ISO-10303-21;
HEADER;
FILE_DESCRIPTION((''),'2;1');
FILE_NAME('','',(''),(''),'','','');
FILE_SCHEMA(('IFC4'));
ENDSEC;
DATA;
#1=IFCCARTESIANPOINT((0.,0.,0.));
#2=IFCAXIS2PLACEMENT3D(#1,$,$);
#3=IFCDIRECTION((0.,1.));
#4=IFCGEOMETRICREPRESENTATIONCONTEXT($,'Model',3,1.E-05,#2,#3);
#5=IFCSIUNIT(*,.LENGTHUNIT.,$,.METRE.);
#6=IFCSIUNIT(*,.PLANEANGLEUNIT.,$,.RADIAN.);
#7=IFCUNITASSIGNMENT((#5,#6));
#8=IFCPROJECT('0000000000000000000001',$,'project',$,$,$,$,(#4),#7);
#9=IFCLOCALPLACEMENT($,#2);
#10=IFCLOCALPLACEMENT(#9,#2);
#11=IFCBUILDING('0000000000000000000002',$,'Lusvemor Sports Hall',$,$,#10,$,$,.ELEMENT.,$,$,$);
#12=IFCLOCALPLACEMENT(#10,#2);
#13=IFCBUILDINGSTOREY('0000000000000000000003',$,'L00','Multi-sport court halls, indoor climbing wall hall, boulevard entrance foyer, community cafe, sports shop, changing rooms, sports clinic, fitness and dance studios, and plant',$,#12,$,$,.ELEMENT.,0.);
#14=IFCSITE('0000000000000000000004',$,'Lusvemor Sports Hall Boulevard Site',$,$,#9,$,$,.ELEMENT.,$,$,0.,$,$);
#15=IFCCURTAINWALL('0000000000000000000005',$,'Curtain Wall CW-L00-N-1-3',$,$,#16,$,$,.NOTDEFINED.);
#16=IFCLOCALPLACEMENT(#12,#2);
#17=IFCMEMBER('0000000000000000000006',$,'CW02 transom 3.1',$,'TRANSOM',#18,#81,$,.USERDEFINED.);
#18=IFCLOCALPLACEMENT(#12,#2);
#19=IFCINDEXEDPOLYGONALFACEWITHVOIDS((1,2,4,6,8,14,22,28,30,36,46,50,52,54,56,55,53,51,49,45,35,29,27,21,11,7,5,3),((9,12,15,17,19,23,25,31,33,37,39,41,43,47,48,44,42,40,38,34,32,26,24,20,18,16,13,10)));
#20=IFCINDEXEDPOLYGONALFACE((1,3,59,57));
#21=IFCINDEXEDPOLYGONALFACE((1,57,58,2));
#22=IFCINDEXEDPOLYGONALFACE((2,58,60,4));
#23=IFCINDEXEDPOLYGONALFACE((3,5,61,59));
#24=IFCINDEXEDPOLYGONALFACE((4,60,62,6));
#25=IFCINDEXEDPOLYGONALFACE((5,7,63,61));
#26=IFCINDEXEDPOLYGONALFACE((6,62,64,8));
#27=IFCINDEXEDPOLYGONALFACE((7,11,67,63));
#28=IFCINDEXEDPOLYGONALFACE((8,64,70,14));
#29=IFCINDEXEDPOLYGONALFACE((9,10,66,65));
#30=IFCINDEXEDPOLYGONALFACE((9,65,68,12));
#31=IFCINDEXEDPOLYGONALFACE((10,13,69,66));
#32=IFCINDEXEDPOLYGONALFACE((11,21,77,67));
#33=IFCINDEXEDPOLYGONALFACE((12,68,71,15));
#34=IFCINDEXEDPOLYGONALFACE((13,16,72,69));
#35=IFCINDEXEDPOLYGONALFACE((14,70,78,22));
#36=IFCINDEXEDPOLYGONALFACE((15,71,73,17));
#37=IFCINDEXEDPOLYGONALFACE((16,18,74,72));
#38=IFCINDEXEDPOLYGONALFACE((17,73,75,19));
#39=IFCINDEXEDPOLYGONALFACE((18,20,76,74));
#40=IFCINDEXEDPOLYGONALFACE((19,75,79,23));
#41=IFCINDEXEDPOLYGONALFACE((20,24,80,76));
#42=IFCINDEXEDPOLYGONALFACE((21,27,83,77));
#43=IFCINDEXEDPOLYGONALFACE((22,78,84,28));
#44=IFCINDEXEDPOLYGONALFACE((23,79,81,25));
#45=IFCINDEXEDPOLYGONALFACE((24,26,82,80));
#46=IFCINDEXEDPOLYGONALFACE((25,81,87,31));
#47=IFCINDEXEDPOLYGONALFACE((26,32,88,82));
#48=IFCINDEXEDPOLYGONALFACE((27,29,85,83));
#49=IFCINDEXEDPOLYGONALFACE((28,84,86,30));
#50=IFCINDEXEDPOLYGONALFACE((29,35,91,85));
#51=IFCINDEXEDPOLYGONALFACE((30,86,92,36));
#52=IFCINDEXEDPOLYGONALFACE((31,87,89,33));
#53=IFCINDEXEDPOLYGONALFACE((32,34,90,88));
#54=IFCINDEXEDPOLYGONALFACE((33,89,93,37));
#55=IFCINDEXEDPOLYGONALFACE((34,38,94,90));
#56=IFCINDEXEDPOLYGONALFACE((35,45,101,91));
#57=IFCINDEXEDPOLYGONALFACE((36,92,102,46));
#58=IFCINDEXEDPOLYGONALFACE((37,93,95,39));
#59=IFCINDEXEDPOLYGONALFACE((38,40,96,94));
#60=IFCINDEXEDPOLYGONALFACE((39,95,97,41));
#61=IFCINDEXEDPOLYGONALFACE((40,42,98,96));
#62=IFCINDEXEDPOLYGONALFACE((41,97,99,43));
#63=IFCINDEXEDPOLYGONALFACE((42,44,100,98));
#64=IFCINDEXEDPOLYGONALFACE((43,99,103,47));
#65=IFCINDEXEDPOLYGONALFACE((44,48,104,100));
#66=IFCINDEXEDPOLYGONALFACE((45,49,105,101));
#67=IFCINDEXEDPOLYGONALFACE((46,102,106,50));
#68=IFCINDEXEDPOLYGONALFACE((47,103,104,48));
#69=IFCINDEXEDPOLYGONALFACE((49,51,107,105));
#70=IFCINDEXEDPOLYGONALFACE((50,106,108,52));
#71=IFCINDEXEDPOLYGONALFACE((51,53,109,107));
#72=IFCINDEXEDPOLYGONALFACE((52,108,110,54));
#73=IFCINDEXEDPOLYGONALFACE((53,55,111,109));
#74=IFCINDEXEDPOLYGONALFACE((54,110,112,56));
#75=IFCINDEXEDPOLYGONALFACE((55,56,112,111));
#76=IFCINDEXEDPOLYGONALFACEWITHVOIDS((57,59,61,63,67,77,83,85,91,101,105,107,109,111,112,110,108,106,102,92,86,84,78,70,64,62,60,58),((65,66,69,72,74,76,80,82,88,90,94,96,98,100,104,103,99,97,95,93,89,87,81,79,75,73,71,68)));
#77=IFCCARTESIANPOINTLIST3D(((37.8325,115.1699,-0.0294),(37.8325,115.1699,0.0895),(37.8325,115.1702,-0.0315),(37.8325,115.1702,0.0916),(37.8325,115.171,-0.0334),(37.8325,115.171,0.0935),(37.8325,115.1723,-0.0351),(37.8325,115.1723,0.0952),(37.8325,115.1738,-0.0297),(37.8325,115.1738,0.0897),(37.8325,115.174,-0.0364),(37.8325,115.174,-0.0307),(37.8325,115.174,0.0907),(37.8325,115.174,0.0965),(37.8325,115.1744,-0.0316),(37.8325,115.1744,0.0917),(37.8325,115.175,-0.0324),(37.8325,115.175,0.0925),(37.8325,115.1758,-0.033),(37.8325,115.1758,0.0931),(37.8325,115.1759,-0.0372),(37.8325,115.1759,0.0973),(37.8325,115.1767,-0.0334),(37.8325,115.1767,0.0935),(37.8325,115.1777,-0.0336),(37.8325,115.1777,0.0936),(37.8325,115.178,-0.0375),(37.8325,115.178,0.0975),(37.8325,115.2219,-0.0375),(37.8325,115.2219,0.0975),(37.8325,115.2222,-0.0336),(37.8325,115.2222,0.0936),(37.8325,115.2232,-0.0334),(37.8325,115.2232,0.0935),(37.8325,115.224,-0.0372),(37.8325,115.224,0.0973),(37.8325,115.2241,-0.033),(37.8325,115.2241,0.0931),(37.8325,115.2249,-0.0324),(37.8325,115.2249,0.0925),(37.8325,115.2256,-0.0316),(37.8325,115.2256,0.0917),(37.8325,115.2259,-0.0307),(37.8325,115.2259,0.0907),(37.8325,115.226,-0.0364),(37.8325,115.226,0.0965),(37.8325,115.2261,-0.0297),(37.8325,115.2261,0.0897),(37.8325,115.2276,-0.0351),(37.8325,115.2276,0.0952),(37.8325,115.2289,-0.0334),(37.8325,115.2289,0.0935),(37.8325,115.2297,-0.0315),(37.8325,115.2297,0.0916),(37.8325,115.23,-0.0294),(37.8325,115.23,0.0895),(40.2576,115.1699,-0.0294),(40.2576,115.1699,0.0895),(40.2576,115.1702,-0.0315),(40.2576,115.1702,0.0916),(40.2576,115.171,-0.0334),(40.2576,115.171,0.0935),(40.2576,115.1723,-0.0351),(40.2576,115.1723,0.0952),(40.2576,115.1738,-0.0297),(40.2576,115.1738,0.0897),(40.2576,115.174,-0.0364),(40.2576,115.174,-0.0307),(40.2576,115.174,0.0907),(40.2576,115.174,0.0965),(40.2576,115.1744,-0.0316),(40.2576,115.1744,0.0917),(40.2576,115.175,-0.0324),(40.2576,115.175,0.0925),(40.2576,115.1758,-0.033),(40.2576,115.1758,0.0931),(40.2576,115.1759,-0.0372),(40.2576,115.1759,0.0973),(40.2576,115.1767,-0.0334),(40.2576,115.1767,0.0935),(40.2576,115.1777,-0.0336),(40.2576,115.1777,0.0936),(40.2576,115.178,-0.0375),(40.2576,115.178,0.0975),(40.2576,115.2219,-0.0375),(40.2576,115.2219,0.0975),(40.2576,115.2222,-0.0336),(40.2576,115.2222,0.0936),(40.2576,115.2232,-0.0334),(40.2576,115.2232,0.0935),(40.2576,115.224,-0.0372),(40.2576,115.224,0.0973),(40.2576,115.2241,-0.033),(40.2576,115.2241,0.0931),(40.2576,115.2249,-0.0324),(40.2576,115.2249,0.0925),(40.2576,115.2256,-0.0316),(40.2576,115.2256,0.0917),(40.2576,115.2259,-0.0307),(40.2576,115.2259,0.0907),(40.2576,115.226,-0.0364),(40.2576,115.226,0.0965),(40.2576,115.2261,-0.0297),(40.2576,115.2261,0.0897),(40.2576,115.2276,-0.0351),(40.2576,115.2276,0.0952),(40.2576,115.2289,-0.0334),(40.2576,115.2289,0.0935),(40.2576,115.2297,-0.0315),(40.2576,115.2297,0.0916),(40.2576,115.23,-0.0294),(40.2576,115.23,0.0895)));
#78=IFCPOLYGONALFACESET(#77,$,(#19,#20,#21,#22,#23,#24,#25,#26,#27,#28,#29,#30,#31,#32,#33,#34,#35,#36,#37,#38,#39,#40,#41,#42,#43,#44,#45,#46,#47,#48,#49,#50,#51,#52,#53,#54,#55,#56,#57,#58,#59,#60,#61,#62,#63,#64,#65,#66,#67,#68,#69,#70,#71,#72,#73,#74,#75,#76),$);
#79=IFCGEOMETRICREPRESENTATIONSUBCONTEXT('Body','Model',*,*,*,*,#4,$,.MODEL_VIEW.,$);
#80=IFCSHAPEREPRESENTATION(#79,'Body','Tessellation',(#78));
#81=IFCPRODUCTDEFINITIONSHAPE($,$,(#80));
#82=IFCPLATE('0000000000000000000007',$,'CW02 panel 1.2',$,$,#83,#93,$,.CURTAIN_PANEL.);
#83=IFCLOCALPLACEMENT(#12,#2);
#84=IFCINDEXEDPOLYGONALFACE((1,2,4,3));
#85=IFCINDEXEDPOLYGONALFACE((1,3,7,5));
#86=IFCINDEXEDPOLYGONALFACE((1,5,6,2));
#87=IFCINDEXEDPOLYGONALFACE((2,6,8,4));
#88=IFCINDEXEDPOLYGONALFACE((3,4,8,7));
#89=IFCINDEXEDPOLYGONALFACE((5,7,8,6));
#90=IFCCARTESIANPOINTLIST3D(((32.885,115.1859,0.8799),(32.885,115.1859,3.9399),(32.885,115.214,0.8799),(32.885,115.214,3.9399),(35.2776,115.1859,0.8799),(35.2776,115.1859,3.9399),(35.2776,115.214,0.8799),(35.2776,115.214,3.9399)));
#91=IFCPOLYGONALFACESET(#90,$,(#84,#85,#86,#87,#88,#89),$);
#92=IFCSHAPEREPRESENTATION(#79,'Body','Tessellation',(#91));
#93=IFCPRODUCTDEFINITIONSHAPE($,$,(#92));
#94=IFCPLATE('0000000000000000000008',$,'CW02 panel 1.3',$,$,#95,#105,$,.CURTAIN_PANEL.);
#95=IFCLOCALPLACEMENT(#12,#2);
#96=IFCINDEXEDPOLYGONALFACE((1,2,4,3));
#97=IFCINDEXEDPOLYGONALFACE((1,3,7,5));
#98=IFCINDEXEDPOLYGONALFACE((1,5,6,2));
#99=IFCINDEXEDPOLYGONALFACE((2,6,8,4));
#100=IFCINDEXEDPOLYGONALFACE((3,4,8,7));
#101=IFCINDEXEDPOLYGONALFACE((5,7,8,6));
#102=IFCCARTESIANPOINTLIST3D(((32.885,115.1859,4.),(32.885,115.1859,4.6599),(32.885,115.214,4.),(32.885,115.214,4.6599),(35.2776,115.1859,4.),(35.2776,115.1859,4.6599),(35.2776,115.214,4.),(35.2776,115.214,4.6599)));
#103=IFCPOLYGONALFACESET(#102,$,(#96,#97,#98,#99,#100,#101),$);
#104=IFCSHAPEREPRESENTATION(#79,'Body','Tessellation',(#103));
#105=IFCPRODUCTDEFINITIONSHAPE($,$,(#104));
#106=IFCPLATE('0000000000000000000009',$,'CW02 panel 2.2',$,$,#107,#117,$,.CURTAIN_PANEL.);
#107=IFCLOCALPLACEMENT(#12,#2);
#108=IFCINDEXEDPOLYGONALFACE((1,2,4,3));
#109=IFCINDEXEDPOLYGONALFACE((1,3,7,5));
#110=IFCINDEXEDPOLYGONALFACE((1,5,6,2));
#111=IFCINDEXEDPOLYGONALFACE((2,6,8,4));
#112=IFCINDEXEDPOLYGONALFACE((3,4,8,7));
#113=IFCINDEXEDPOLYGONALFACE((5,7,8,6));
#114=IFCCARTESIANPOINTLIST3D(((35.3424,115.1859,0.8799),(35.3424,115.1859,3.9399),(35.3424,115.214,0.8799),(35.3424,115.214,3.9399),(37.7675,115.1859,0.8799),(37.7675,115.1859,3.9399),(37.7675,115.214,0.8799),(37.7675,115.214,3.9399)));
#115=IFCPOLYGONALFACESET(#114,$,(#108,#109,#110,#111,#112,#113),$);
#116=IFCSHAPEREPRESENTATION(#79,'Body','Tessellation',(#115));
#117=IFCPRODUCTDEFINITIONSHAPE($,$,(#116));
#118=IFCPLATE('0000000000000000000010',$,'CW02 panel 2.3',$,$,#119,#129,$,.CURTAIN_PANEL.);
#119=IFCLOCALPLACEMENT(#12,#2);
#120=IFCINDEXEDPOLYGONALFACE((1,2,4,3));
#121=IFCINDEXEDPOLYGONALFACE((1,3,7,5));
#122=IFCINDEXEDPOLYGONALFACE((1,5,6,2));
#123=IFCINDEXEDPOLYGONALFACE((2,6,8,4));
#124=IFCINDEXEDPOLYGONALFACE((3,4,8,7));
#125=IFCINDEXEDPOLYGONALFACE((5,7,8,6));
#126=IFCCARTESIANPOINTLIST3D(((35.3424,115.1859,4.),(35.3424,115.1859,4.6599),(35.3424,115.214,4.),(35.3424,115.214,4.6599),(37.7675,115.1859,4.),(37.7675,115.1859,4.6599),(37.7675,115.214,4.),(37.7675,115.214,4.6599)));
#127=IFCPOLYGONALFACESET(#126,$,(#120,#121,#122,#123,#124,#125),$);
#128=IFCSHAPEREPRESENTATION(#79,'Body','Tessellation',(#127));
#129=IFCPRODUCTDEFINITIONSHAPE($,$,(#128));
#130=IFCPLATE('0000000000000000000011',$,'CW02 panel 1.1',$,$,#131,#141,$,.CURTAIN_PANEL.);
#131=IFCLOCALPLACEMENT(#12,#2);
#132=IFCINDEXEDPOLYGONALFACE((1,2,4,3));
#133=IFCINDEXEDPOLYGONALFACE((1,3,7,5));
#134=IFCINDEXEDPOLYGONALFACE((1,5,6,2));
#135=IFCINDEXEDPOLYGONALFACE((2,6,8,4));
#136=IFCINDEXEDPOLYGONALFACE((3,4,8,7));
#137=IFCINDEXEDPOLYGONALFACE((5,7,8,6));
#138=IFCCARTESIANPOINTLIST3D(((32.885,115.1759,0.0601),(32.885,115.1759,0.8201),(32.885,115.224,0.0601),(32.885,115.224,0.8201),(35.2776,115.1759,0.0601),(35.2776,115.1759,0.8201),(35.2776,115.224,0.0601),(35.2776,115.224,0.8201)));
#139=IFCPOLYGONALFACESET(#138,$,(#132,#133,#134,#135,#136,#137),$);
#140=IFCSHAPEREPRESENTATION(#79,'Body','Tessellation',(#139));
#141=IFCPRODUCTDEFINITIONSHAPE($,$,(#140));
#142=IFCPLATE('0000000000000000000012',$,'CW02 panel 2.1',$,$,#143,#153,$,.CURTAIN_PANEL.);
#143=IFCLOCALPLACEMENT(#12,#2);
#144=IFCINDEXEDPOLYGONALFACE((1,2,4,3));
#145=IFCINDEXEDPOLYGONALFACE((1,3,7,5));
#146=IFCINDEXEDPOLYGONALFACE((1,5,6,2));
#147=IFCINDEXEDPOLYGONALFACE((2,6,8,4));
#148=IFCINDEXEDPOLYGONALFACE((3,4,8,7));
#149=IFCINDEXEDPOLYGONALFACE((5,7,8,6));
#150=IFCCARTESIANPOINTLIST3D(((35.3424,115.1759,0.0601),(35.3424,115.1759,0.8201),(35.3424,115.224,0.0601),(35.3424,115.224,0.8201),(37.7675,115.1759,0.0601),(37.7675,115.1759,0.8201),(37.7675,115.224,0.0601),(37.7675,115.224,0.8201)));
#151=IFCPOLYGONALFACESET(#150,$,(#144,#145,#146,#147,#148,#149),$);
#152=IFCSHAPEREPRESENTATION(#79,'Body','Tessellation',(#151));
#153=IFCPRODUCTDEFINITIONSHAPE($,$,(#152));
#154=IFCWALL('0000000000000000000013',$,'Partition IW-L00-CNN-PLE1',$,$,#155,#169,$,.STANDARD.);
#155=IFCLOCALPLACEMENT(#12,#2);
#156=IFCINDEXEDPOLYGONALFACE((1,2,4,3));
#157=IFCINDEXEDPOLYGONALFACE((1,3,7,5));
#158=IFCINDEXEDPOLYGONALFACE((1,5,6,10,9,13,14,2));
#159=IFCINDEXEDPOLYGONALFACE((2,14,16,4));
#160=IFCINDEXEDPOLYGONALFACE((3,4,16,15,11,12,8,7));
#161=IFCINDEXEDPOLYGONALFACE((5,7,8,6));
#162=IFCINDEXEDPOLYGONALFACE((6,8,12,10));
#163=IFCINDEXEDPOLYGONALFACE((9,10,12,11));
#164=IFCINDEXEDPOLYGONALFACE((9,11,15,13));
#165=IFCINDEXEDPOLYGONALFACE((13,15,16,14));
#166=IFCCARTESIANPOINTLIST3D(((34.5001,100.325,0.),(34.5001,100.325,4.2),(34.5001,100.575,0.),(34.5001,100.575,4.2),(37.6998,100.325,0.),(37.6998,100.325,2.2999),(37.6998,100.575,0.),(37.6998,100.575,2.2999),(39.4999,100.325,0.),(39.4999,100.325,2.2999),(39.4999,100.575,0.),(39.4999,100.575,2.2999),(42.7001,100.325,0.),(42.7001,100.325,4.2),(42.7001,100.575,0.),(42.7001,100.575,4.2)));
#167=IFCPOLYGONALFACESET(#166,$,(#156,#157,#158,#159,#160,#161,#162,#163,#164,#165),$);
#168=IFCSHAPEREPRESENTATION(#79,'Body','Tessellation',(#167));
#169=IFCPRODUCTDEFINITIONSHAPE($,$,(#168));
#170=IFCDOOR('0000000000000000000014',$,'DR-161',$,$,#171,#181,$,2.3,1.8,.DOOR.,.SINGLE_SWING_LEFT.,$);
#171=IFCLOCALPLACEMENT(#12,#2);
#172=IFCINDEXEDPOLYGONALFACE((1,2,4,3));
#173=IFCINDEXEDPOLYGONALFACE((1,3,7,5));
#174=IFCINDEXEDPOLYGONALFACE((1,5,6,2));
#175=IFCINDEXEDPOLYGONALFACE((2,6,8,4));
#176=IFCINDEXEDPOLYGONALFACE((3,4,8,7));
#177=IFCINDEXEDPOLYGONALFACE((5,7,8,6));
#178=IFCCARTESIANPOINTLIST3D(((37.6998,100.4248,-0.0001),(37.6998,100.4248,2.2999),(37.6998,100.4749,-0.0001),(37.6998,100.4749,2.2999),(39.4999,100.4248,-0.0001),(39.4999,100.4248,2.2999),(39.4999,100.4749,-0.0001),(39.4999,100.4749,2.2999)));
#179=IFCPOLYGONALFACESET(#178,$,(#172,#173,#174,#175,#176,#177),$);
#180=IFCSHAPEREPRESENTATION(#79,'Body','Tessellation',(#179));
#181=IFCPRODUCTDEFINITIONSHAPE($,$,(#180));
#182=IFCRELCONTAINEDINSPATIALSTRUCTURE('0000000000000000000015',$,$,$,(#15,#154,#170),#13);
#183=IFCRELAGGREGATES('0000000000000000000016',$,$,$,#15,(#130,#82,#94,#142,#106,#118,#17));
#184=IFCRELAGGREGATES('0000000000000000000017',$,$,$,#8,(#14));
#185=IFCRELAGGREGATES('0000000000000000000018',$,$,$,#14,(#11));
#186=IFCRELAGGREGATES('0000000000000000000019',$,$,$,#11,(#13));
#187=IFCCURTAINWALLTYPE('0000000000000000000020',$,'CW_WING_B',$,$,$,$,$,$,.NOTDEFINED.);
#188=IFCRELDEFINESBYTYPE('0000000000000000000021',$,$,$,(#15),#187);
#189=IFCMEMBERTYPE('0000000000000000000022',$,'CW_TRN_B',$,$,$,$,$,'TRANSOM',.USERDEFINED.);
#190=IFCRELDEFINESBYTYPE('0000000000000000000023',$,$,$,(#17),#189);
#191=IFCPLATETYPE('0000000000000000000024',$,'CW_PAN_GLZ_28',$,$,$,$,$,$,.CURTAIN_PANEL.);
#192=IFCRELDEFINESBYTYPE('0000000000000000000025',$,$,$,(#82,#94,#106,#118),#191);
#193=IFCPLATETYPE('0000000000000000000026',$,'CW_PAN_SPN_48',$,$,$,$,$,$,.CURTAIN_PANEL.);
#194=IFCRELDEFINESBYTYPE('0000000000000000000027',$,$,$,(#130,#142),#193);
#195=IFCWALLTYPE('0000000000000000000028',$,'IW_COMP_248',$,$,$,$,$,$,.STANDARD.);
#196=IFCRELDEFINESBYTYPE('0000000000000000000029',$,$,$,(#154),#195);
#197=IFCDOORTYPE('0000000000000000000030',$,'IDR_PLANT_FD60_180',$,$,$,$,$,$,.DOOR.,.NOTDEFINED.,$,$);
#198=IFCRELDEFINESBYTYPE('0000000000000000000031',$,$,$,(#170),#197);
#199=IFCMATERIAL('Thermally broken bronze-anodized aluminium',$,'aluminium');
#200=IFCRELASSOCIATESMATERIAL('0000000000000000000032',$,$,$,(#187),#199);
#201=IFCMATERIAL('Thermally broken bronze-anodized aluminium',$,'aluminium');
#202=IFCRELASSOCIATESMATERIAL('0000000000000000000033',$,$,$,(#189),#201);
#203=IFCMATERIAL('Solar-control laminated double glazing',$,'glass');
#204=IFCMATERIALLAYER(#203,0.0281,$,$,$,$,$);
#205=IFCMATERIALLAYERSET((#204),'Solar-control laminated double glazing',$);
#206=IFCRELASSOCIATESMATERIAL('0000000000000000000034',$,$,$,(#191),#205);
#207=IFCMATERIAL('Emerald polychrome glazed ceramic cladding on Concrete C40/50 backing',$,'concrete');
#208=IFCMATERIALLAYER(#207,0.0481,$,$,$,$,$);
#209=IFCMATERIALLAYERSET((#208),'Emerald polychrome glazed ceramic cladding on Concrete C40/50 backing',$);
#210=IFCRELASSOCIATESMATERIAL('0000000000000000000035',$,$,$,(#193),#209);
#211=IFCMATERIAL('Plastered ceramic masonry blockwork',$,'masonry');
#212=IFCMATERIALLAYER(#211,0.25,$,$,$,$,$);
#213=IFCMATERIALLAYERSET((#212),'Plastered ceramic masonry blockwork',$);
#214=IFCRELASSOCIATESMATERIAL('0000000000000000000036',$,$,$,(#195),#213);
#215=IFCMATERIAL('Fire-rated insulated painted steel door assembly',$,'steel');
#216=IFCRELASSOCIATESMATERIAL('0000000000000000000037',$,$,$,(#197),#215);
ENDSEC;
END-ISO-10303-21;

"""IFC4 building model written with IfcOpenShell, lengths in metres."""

from ifc_helpers import new_model, si_unit, direction, frame, frame_2d, origin, origin_2d, place, context, subcontext, project, spatial, rectangle, hollow_rectangle, extrude, material, layer, layer_set, material_profile, profile_set, type_object, element, fill, aggregate, save


model = new_model("IFC4")

# Units and contexts
model_context = context("Model", 3, precision=1e-05, world=origin(), true_north=direction((0.0, 1.0)))
body_context = subcontext(model_context, "Body", "Model", "MODEL_VIEW")
ifc_project = project(units=[si_unit("LENGTHUNIT", "METRE"), si_unit("PLANEANGLEUNIT", "RADIAN")], contexts=[model_context])

# Site, building, storey
site_placement = place(None, origin())
site = spatial("IfcSite", under=ifc_project, at=site_placement, Name="Lusvemor Sports Hall Boulevard Site", CompositionType="ELEMENT", RefElevation=0.0)
building_placement = place(site_placement, origin())
building = spatial("IfcBuilding", under=site, at=building_placement, Name="Lusvemor Sports Hall", CompositionType="ELEMENT")
storey_placement = place(building_placement, origin())
storey = spatial("IfcBuildingStorey", under=building, at=storey_placement, Name="L00", Description="Multi-sport court halls, indoor climbing wall hall, boulevard entrance foyer, community cafe, sports shop, changing rooms, sports clinic, fitness and dance studios, and plant", CompositionType="ELEMENT", Elevation=0.0)

# Curtain wall, member, plates
ifc_material_1 = material(Name="Thermally broken bronze-anodized aluminium", Category="aluminium")
curtain_wall_type = type_object("IfcCurtainWallType", Name="CW_WING_B", PredefinedType="NOTDEFINED", material=ifc_material_1)
curtain_wall_placement = place(storey_placement, origin())
curtain_wall = element("IfcCurtainWall", 1, at=curtain_wall_placement, inside=storey, type_object=curtain_wall_type, Name="Curtain Wall CW-L00-N-1-3", PredefinedType="NOTDEFINED")
ifc_material_2 = material(Name="Thermally broken bronze-anodized aluminium", Category="aluminium")
ifc_material_profile_1 = material_profile(ifc_material_2, hollow_rectangle(XDim=0.0601, YDim=0.135, WallThickness=0.0039, InnerFilletRadius=0.0039, OuterFilletRadius=0.0081, at=origin_2d()), Name="CWTRN135x60x4")
ifc_profile_set_1 = profile_set([ifc_material_profile_1], Name="Thermally broken bronze-anodized aluminium")
member_type_1 = type_object("IfcMemberType", Name="CW_TRN_B", ElementType="TRANSOM", PredefinedType="USERDEFINED", material=ifc_profile_set_1)
member_1_placement = place(storey_placement, frame((37.8325, 115.2, 0.03), z_axis=(1.0, 0.0, 0.0), x_axis=(0.0, 1.0, 0.0)))
member_1 = element("IfcMember", 2, at=member_1_placement, type_object=member_type_1, Name="CW02 transom 3.1", ObjectType="TRANSOM", PredefinedType="USERDEFINED", context=body_context, shape_type="SweptSolid", body=[
    extrude(hollow_rectangle(XDim=0.0601, YDim=0.135, WallThickness=0.0039, InnerFilletRadius=0.0039, OuterFilletRadius=0.0081, at=origin_2d()), origin(), (0.0, 0.0, 1.0), 2.425),
])
ifc_material_3 = material(Name="Solar-control laminated double glazing", Category="glass")
ifc_layer_1 = layer(ifc_material_3, 0.0281)
ifc_layer_set_1 = layer_set([ifc_layer_1], Name="Solar-control laminated double glazing")
plate_type_1 = type_object("IfcPlateType", Name="CW_PAN_GLZ_28", PredefinedType="CURTAIN_PANEL", material=ifc_layer_set_1)
plate_1_placement = place(storey_placement, frame((34.0813, 115.2, 0.8799), z_axis=(0.0, 0.0, 1.0), x_axis=(1.0, 0.0, 0.0)))
plate_1 = element("IfcPlate", 3, at=plate_1_placement, type_object=plate_type_1, Name="CW02 panel 1.2", PredefinedType="CURTAIN_PANEL", context=body_context, shape_type="SweptSolid", body=[
    extrude(rectangle(XDim=2.3926, YDim=0.0281, at=origin_2d()), origin(), (0.0, 0.0, 1.0), 3.0601),
])
plate_2_placement = place(storey_placement, frame((34.0813, 115.2, 4.0), z_axis=(0.0, 0.0, 1.0), x_axis=(1.0, 0.0, 0.0)))
plate_2 = element("IfcPlate", 4, at=plate_2_placement, type_object=plate_type_1, Name="CW02 panel 1.3", PredefinedType="CURTAIN_PANEL", context=body_context, shape_type="SweptSolid", body=[
    extrude(rectangle(XDim=2.3926, YDim=0.0281, at=origin_2d()), origin(), (0.0, 0.0, 1.0), 0.6599),
])
plate_3_placement = place(storey_placement, frame((36.5549, 115.2, 0.8799), z_axis=(0.0, 0.0, 1.0), x_axis=(1.0, 0.0, 0.0)))
plate_3 = element("IfcPlate", 5, at=plate_3_placement, type_object=plate_type_1, Name="CW02 panel 2.2", PredefinedType="CURTAIN_PANEL", context=body_context, shape_type="SweptSolid", body=[
    extrude(rectangle(XDim=2.425, YDim=0.0281, at=origin_2d()), origin(), (0.0, 0.0, 1.0), 3.0601),
])
plate_4_placement = place(storey_placement, frame((36.5549, 115.2, 4.0), z_axis=(0.0, 0.0, 1.0), x_axis=(1.0, 0.0, 0.0)))
plate_4 = element("IfcPlate", 6, at=plate_4_placement, type_object=plate_type_1, Name="CW02 panel 2.3", PredefinedType="CURTAIN_PANEL", context=body_context, shape_type="SweptSolid", body=[
    extrude(rectangle(XDim=2.425, YDim=0.0281, at=origin_2d()), origin(), (0.0, 0.0, 1.0), 0.6599),
])
ifc_material_4 = material(Name="Emerald polychrome glazed ceramic cladding on Concrete C40/50 backing", Category="concrete")
ifc_layer_2 = layer(ifc_material_4, 0.0481)
ifc_layer_set_2 = layer_set([ifc_layer_2], Name="Emerald polychrome glazed ceramic cladding on Concrete C40/50 backing")
plate_type_2 = type_object("IfcPlateType", Name="CW_PAN_SPN_48", PredefinedType="CURTAIN_PANEL", material=ifc_layer_set_2)
plate_5_placement = place(storey_placement, frame((34.0813, 115.2, 0.0601), z_axis=(0.0, 0.0, 1.0), x_axis=(1.0, 0.0, 0.0)))
plate_5 = element("IfcPlate", 7, at=plate_5_placement, type_object=plate_type_2, Name="CW02 panel 1.1", PredefinedType="CURTAIN_PANEL", context=body_context, shape_type="SweptSolid", body=[
    extrude(rectangle(XDim=2.3926, YDim=0.0481, at=origin_2d()), origin(), (0.0, 0.0, 1.0), 0.76),
])
plate_6_placement = place(storey_placement, frame((36.5549, 115.2, 0.0601), z_axis=(0.0, 0.0, 1.0), x_axis=(1.0, 0.0, 0.0)))
plate_6 = element("IfcPlate", 8, at=plate_6_placement, type_object=plate_type_2, Name="CW02 panel 2.1", PredefinedType="CURTAIN_PANEL", context=body_context, shape_type="SweptSolid", body=[
    extrude(rectangle(XDim=2.425, YDim=0.0481, at=origin_2d()), origin(), (0.0, 0.0, 1.0), 0.76),
])
aggregate(curtain_wall, [plate_5, plate_1, plate_2, plate_6, plate_3, plate_4, member_1])

# Wall, opening, door
ifc_material_5 = material(Name="Plastered ceramic masonry blockwork", Category="masonry")
ifc_layer_3 = layer(ifc_material_5, 0.25)
ifc_layer_set_3 = layer_set([ifc_layer_3], Name="Plastered ceramic masonry blockwork")
wall_type_1 = type_object("IfcWallType", Name="IW_COMP_248", PredefinedType="STANDARD", material=ifc_layer_set_3)
wall_1_placement = place(storey_placement, frame((34.5, 100.45, 0.0), z_axis=(0.0, 0.0, 1.0), x_axis=(1.0, 0.0, 0.0)))
wall_1 = element("IfcWall", 9, at=wall_1_placement, inside=storey, type_object=wall_type_1, Name="Partition IW-L00-CNN-PLE1", PredefinedType="STANDARD", context=body_context, shape_type="SweptSolid", body=[
    extrude(rectangle(XDim=8.2, YDim=0.25, at=frame_2d((4.1001, 0.0))), origin(), (0.0, 0.0, 1.0), 4.2),
])
opening_placement = place(wall_1_placement, frame((3.2, 0.0, 0.0)))
opening = element("IfcOpeningElement", 10, at=opening_placement, cuts=wall_1, PredefinedType="OPENING", context=body_context, shape_type="SweptSolid", body=[
    extrude(rectangle(XDim=1.8, YDim=2.3, at=frame_2d((0.8999, 1.1499))), frame((0.0, 0.125, 0.0), z_axis=(0.0, -1.0, 0.0), x_axis=(1.0, 0.0, 0.0)), (0.0, 0.0, 1.0), 0.25),
])
ifc_material_6 = material(Name="Fire-rated insulated painted steel door assembly", Category="steel")
door_type = type_object("IfcDoorType", Name="IDR_PLANT_FD60_180", OperationType="NOTDEFINED", PredefinedType="DOOR", material=ifc_material_6)
door_placement = place(opening_placement, origin())
door = element("IfcDoor", 11, at=door_placement, inside=storey, type_object=door_type, Name="DR-161", OperationType="SINGLE_SWING_LEFT", OverallHeight=2.3, OverallWidth=1.8, PredefinedType="DOOR", context=body_context, shape_type="SweptSolid", body=[
    extrude(rectangle(XDim=1.8, YDim=2.3, at=frame_2d((0.8999, 1.1499))), frame((0.0, 0.0249, 0.0), z_axis=(0.0, -1.0, 0.0), x_axis=(1.0, 0.0, 0.0)), (0.0, 0.0, 1.0), 0.05),
])
fill(opening, door)

save(model, "model.ifc")
